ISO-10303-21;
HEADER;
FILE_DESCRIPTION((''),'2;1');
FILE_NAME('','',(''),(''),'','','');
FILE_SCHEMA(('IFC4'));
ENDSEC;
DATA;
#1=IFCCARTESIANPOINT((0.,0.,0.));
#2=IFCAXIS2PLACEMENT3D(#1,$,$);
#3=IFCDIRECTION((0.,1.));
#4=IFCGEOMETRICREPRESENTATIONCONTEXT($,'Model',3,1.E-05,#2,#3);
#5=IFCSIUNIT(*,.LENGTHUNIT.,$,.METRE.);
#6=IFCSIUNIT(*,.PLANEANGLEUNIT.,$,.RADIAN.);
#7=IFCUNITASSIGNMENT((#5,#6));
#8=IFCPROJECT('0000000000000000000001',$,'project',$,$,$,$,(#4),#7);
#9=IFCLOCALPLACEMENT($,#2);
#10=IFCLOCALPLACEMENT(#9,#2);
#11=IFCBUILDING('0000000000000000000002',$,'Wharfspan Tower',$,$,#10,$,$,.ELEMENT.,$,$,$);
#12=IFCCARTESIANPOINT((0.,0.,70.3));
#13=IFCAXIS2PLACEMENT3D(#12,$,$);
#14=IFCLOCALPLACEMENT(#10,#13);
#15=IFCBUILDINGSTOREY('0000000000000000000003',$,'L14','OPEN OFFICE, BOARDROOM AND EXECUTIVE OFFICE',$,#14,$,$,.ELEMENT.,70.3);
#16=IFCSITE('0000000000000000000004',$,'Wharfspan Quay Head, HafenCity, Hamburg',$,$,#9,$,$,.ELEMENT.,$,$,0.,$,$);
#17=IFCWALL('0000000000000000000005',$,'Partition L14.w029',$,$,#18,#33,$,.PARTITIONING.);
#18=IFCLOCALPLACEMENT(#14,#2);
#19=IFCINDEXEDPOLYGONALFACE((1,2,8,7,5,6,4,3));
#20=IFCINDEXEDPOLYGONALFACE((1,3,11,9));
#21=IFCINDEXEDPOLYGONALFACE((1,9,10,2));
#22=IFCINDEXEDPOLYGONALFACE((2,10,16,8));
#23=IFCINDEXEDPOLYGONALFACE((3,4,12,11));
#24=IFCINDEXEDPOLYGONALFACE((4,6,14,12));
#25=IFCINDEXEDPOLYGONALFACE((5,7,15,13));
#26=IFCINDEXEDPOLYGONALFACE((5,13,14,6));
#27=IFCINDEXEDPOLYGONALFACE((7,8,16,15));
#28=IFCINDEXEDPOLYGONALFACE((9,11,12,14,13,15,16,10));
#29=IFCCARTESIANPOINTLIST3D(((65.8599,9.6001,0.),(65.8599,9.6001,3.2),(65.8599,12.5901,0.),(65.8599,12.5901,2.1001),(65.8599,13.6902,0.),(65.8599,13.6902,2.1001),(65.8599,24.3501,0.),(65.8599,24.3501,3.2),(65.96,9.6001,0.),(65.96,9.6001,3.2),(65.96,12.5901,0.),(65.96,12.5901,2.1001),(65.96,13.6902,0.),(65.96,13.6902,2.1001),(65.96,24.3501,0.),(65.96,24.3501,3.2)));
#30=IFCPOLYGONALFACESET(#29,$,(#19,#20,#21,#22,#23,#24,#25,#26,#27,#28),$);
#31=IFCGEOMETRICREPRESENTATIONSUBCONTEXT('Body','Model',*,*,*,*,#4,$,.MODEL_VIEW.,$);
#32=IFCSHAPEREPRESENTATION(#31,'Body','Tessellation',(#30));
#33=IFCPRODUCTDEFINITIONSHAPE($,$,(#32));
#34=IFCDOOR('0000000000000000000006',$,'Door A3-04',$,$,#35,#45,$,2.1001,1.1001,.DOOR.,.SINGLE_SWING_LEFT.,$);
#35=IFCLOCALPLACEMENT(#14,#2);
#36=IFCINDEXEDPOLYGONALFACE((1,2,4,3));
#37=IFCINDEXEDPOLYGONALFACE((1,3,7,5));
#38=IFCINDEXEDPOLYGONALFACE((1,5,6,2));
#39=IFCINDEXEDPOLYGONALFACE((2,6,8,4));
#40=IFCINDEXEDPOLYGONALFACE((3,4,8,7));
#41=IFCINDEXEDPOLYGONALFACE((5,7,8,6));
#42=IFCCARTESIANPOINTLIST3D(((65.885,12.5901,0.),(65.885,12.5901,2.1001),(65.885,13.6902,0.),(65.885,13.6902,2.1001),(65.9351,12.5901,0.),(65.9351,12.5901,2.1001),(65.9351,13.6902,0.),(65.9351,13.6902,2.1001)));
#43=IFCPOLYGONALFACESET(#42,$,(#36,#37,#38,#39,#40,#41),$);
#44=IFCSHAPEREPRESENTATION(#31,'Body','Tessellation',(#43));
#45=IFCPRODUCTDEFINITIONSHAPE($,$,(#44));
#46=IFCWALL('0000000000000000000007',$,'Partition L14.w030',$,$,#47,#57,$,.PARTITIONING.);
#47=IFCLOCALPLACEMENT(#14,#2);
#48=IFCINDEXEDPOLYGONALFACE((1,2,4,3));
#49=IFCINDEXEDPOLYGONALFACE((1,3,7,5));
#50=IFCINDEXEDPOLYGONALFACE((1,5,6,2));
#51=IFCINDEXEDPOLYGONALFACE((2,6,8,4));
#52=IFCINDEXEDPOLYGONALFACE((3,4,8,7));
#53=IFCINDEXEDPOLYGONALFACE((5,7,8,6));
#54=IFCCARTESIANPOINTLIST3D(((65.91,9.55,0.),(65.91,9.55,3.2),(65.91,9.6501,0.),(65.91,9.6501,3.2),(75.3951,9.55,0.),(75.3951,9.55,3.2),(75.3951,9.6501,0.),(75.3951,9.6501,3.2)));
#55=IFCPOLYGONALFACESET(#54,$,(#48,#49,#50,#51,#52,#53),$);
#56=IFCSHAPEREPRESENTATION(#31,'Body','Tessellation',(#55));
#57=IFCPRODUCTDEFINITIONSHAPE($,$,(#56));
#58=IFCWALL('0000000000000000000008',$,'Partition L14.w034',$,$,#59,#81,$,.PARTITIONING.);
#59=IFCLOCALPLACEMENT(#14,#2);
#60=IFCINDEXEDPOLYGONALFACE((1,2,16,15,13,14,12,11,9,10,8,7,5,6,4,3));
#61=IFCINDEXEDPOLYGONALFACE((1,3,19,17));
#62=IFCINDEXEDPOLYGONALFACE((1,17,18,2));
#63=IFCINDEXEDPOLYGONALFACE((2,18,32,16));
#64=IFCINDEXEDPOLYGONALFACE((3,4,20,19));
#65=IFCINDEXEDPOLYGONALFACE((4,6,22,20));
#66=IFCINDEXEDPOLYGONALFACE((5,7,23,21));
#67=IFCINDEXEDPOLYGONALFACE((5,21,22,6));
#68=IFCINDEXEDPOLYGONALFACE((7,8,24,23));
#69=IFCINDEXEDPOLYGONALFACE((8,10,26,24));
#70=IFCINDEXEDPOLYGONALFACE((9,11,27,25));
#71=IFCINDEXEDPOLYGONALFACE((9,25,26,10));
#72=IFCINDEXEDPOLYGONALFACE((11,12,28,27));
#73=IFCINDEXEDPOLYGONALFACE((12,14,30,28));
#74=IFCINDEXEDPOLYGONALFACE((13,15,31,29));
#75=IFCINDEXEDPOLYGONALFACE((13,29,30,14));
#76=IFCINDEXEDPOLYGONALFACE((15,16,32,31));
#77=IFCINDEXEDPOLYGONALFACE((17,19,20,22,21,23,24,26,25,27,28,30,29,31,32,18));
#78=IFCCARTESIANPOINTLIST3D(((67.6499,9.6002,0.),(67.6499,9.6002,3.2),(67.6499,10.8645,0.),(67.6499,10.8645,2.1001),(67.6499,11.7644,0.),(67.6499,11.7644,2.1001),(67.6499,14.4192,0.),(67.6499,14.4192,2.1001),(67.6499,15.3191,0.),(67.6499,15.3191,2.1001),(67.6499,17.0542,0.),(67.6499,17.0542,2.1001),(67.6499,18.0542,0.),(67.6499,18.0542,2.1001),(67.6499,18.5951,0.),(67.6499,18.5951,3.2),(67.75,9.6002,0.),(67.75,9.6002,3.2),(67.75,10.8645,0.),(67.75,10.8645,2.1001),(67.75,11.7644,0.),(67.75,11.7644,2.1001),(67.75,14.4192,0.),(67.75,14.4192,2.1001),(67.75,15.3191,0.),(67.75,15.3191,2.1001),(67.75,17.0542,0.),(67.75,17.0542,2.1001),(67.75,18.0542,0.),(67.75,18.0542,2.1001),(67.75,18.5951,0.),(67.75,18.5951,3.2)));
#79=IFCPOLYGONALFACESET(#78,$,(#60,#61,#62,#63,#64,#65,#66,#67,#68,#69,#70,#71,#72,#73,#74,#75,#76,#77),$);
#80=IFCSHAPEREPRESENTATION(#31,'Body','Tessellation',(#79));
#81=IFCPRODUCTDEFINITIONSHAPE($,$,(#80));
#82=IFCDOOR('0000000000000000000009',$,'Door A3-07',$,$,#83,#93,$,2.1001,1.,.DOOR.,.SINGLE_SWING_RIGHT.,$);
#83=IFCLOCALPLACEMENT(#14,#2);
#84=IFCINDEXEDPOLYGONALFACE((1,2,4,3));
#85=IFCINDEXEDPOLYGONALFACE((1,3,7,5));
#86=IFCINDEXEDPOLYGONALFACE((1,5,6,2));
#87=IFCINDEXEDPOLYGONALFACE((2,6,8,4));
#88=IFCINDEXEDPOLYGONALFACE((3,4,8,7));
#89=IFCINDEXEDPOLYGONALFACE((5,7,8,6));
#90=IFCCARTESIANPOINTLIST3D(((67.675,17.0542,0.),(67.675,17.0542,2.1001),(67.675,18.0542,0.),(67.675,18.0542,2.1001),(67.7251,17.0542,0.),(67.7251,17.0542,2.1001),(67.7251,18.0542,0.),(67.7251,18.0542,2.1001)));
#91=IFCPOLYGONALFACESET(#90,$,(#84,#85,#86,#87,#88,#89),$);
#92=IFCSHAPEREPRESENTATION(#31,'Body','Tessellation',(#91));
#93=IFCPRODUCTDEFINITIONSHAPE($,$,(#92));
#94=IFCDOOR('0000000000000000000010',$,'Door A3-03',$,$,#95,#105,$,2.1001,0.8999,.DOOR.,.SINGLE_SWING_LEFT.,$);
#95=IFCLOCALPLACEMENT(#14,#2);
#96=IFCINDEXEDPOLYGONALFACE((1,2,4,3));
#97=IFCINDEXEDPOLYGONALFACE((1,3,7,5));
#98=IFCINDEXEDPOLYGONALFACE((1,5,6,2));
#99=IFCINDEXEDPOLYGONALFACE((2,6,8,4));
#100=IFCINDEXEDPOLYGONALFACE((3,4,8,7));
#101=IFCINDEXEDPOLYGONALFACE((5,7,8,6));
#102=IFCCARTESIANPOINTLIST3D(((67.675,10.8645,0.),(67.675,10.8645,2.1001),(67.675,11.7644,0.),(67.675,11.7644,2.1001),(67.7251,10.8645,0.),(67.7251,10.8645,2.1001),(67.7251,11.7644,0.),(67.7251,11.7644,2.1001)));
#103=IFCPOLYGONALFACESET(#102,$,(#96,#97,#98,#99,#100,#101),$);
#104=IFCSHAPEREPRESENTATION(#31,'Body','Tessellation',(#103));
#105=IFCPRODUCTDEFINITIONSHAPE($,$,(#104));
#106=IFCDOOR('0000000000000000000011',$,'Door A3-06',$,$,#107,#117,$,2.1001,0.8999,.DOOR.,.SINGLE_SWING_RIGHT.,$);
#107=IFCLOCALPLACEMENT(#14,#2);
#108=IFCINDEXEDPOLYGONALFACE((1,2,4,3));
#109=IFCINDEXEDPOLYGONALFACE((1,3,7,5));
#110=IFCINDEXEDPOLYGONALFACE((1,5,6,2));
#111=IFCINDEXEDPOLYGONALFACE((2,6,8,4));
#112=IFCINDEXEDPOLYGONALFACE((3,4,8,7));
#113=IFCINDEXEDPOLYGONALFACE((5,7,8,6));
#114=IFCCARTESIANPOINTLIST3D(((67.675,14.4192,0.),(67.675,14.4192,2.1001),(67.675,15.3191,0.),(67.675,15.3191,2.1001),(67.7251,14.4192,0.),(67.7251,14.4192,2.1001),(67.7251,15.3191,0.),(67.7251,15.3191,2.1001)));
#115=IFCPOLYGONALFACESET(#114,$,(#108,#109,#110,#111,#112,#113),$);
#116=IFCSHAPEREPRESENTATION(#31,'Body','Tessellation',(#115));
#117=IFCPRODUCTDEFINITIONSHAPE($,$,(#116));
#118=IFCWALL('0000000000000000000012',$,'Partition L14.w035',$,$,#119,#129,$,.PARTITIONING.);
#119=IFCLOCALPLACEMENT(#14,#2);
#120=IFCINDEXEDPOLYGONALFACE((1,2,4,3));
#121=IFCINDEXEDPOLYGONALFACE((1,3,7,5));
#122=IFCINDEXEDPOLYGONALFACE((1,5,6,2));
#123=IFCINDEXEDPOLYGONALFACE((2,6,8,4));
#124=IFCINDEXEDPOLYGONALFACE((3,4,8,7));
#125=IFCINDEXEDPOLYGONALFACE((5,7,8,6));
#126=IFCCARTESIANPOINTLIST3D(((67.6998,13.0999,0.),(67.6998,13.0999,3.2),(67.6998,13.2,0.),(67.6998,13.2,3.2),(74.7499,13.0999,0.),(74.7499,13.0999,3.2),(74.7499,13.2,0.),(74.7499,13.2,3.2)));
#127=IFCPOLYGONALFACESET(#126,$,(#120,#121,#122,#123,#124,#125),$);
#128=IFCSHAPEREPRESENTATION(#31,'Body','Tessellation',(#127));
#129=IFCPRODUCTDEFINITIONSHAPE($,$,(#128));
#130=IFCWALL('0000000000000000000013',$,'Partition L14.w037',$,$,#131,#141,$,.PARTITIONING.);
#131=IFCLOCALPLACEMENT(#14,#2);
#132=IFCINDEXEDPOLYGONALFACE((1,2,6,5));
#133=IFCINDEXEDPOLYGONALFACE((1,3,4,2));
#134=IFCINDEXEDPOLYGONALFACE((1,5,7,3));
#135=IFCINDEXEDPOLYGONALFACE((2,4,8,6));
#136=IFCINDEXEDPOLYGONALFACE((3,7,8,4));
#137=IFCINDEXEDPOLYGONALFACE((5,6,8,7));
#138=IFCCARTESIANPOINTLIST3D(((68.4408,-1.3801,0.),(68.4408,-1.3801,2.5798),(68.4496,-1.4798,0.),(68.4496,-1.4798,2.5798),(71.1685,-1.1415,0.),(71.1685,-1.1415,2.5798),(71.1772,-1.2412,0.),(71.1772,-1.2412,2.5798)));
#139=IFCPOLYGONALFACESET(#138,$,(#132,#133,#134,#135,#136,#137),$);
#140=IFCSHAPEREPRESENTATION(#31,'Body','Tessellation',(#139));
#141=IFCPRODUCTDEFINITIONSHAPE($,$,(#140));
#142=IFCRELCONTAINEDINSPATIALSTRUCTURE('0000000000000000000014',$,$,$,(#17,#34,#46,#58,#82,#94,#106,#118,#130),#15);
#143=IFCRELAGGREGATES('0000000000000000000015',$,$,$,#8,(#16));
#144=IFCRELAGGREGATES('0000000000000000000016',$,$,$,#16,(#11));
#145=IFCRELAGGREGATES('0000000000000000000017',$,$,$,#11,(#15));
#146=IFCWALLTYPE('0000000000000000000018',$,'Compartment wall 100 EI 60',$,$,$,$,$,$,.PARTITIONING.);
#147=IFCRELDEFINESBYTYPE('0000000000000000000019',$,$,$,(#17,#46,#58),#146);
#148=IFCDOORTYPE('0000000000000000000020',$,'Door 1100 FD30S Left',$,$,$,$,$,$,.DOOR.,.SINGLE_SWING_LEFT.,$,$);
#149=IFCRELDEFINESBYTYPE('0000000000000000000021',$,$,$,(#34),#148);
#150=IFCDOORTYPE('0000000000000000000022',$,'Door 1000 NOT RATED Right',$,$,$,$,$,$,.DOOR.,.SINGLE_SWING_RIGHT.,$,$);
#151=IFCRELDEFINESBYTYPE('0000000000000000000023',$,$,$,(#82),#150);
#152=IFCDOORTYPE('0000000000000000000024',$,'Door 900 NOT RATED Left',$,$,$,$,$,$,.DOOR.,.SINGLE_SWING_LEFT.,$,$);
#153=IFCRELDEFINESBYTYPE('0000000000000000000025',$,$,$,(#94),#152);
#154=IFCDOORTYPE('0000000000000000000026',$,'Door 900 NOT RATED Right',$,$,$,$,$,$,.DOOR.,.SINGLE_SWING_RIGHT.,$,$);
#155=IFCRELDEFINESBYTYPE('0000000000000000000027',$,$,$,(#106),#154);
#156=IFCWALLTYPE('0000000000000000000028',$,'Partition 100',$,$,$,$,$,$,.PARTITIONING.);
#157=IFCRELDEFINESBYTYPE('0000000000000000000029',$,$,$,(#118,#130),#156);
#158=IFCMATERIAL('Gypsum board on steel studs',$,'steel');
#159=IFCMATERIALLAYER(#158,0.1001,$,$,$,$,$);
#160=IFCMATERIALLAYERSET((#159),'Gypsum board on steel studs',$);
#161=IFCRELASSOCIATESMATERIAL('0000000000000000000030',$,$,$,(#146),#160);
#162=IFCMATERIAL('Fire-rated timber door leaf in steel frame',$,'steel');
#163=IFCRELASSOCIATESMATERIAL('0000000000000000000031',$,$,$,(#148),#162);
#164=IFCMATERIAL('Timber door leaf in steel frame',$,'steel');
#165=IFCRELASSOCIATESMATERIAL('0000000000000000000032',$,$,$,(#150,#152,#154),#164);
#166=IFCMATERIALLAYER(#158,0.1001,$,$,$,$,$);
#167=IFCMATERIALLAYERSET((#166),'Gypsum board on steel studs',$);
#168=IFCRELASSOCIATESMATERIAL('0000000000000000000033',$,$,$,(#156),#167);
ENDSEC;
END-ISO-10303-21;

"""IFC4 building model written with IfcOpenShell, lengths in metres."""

from ifc_helpers import new_model, si_unit, direction, frame, frame_2d, origin, place, context, subcontext, project, spatial, rectangle, extrude, material, layer, layer_set, type_object, element, fill, save


model = new_model("IFC4")

# Units and contexts
model_context = context("Model", 3, precision=1e-05, world=origin(), true_north=direction((0.0, 1.0)))
body_context = subcontext(model_context, "Body", "Model", "MODEL_VIEW")
ifc_project = project(units=[si_unit("LENGTHUNIT", "METRE"), si_unit("PLANEANGLEUNIT", "RADIAN")], contexts=[model_context])

# Site, building, storey
site_placement = place(None, origin())
site = spatial("IfcSite", under=ifc_project, at=site_placement, Name="Wharfspan Quay Head, HafenCity, Hamburg", CompositionType="ELEMENT", RefElevation=0.0)
building_placement = place(site_placement, origin())
building = spatial("IfcBuilding", under=site, at=building_placement, Name="Wharfspan Tower", CompositionType="ELEMENT")
storey_placement = place(building_placement, frame((0.0, 0.0, 70.3)))
storey = spatial("IfcBuildingStorey", under=building, at=storey_placement, Name="L14", Description="OPEN OFFICE, BOARDROOM AND EXECUTIVE OFFICE", CompositionType="ELEMENT", Elevation=70.3)

# Shared definitions
ifc_material_1 = material(Name="Gypsum board on steel studs", Category="steel")
ifc_layer_1 = layer(ifc_material_1, 0.1001)
ifc_layer_set_1 = layer_set([ifc_layer_1], Name="Gypsum board on steel studs")
wall_type_1 = type_object("IfcWallType", Name="Compartment wall 100 EI 60", PredefinedType="PARTITIONING", material=ifc_layer_set_1)

# Shared definitions
ifc_material_2 = material(Name="Fire-rated timber door leaf in steel frame", Category="steel")

# Wall, opening, door
wall_1_placement = place(storey_placement, frame((65.9099, 9.6001, 0.0), z_axis=(0.0, 0.0, 1.0), x_axis=(0.0, 1.0, 0.0)))
wall_1 = element("IfcWall", 1, at=wall_1_placement, inside=storey, type_object=wall_type_1, Name="Partition L14.w029", PredefinedType="PARTITIONING", context=body_context, shape_type="SweptSolid", body=[
    extrude(rectangle(XDim=14.75, YDim=0.1001, at=frame_2d((7.375, 0.0))), origin(), (0.0, 0.0, 1.0), 3.2),
])
opening_1_placement = place(wall_1_placement, frame((2.99, 0.0, 0.0)))
opening_1 = element("IfcOpeningElement", 2, at=opening_1_placement, cuts=wall_1, PredefinedType="OPENING", context=body_context, shape_type="SweptSolid", body=[
    extrude(rectangle(XDim=1.1001, YDim=2.1001, at=frame_2d((0.55, 1.05))), frame((0.0, 0.0601, 0.0), z_axis=(0.0, -1.0, 0.0), x_axis=(1.0, 0.0, 0.0)), (0.0, 0.0, 1.0), 0.1201),
])
door_type_1 = type_object("IfcDoorType", Name="Door 1100 FD30S Left", OperationType="SINGLE_SWING_LEFT", PredefinedType="DOOR", material=ifc_material_2)
door_1_placement = place(opening_1_placement, origin())
door_1 = element("IfcDoor", 3, at=door_1_placement, inside=storey, type_object=door_type_1, Name="Door A3-04", OperationType="SINGLE_SWING_LEFT", OverallHeight=2.1001, OverallWidth=1.1001, PredefinedType="DOOR", context=body_context, shape_type="SweptSolid", body=[
    extrude(rectangle(XDim=1.1001, YDim=2.1001, at=frame_2d((0.55, 1.05))), frame((0.0, 0.0249, 0.0), z_axis=(0.0, -1.0, 0.0), x_axis=(1.0, 0.0, 0.0)), (0.0, 0.0, 1.0), 0.05),
])
fill(opening_1, door_1)

# Wall
wall_2_placement = place(storey_placement, frame((65.9099, 9.6001, 0.0), z_axis=(0.0, 0.0, 1.0), x_axis=(1.0, 0.0, 0.0)))
element("IfcWall", 4, at=wall_2_placement, inside=storey, type_object=wall_type_1, Name="Partition L14.w030", PredefinedType="PARTITIONING", context=body_context, shape_type="SweptSolid", body=[
    extrude(rectangle(XDim=9.4851, YDim=0.1001, at=frame_2d((4.7427, 0.0))), origin(), (0.0, 0.0, 1.0), 3.2),
])

# Wall, openings, doors
wall_3_placement = place(storey_placement, frame((67.7, 9.6001, 0.0), z_axis=(0.0, 0.0, 1.0), x_axis=(0.0, 1.0, 0.0)))
wall_3 = element("IfcWall", 5, at=wall_3_placement, inside=storey, type_object=wall_type_1, Name="Partition L14.w034", PredefinedType="PARTITIONING", context=body_context, shape_type="SweptSolid", body=[
    extrude(rectangle(XDim=8.9949, YDim=0.1001, at=frame_2d((4.4976, 0.0))), origin(), (0.0, 0.0, 1.0), 3.2),
])
opening_2_placement = place(wall_3_placement, frame((1.2644, 0.0, 0.0)))
opening_2 = element("IfcOpeningElement", 6, at=opening_2_placement, cuts=wall_3, PredefinedType="OPENING", context=body_context, shape_type="SweptSolid", body=[
    extrude(rectangle(XDim=0.8999, YDim=2.1001, at=frame_2d((0.45, 1.05))), frame((0.0, 0.0601, 0.0), z_axis=(0.0, -1.0, 0.0), x_axis=(1.0, 0.0, 0.0)), (0.0, 0.0, 1.0), 0.1201),
])
opening_3_placement = place(wall_3_placement, frame((4.8191, 0.0, 0.0)))
opening_3 = element("IfcOpeningElement", 7, at=opening_3_placement, cuts=wall_3, PredefinedType="OPENING", context=body_context, shape_type="SweptSolid", body=[
    extrude(rectangle(XDim=0.8999, YDim=2.1001, at=frame_2d((0.45, 1.05))), frame((0.0, 0.0601, 0.0), z_axis=(0.0, -1.0, 0.0), x_axis=(1.0, 0.0, 0.0)), (0.0, 0.0, 1.0), 0.1201),
])
opening_4_placement = place(wall_3_placement, frame((7.4541, 0.0, 0.0)))
opening_4 = element("IfcOpeningElement", 8, at=opening_4_placement, cuts=wall_3, PredefinedType="OPENING", context=body_context, shape_type="SweptSolid", body=[
    extrude(rectangle(XDim=1.0, YDim=2.1001, at=frame_2d((0.5, 1.05))), frame((0.0, 0.0601, 0.0), z_axis=(0.0, -1.0, 0.0), x_axis=(1.0, 0.0, 0.0)), (0.0, 0.0, 1.0), 0.1201),
])
ifc_material_3 = material(Name="Timber door leaf in steel frame", Category="steel")
door_type_2 = type_object("IfcDoorType", Name="Door 1000 NOT RATED Right", OperationType="SINGLE_SWING_RIGHT", PredefinedType="DOOR", material=ifc_material_3)
door_2_placement = place(opening_4_placement, origin())
door_2 = element("IfcDoor", 9, at=door_2_placement, inside=storey, type_object=door_type_2, Name="Door A3-07", OperationType="SINGLE_SWING_RIGHT", OverallHeight=2.1001, OverallWidth=1.0, PredefinedType="DOOR", context=body_context, shape_type="SweptSolid", body=[
    extrude(rectangle(XDim=1.0, YDim=2.1001, at=frame_2d((0.5, 1.05))), frame((0.0, 0.0249, 0.0), z_axis=(0.0, -1.0, 0.0), x_axis=(1.0, 0.0, 0.0)), (0.0, 0.0, 1.0), 0.05),
])
fill(opening_4, door_2)
door_type_3 = type_object("IfcDoorType", Name="Door 900 NOT RATED Left", OperationType="SINGLE_SWING_LEFT", PredefinedType="DOOR", material=ifc_material_3)
door_3_placement = place(opening_2_placement, origin())
door_3 = element("IfcDoor", 10, at=door_3_placement, inside=storey, type_object=door_type_3, Name="Door A3-03", OperationType="SINGLE_SWING_LEFT", OverallHeight=2.1001, OverallWidth=0.8999, PredefinedType="DOOR", context=body_context, shape_type="SweptSolid", body=[
    extrude(rectangle(XDim=0.8999, YDim=2.1001, at=frame_2d((0.45, 1.05))), frame((0.0, 0.0249, 0.0), z_axis=(0.0, -1.0, 0.0), x_axis=(1.0, 0.0, 0.0)), (0.0, 0.0, 1.0), 0.05),
])
fill(opening_2, door_3)
door_type_4 = type_object("IfcDoorType", Name="Door 900 NOT RATED Right", OperationType="SINGLE_SWING_RIGHT", PredefinedType="DOOR", material=ifc_material_3)
door_4_placement = place(opening_3_placement, origin())
door_4 = element("IfcDoor", 11, at=door_4_placement, inside=storey, type_object=door_type_4, Name="Door A3-06", OperationType="SINGLE_SWING_RIGHT", OverallHeight=2.1001, OverallWidth=0.8999, PredefinedType="DOOR", context=body_context, shape_type="SweptSolid", body=[
    extrude(rectangle(XDim=0.8999, YDim=2.1001, at=frame_2d((0.45, 1.05))), frame((0.0, 0.0249, 0.0), z_axis=(0.0, -1.0, 0.0), x_axis=(1.0, 0.0, 0.0)), (0.0, 0.0, 1.0), 0.05),
])
fill(opening_3, door_4)

# Walls
ifc_layer_2 = layer(ifc_material_1, 0.1001)
ifc_layer_set_2 = layer_set([ifc_layer_2], Name="Gypsum board on steel studs")
wall_type_2 = type_object("IfcWallType", Name="Partition 100", PredefinedType="PARTITIONING", material=ifc_layer_set_2)
wall_4_placement = place(storey_placement, frame((67.7, 13.1499, 0.0), z_axis=(0.0, 0.0, 1.0), x_axis=(1.0, 0.0, 0.0)))
element("IfcWall", 12, at=wall_4_placement, inside=storey, type_object=wall_type_2, Name="Partition L14.w035", PredefinedType="PARTITIONING", context=body_context, shape_type="SweptSolid", body=[
    extrude(rectangle(XDim=7.05, YDim=0.1001, at=frame_2d((3.5249, 0.0))), origin(), (0.0, 0.0, 1.0), 3.2),
])
wall_5_placement = place(storey_placement, frame((68.4451, -1.4299, 0.0), z_axis=(0.0, 0.0, 1.0), x_axis=(0.996195, 0.087118, 0.0)))
element("IfcWall", 13, at=wall_5_placement, inside=storey, type_object=wall_type_2, Name="Partition L14.w037", PredefinedType="PARTITIONING", context=body_context, shape_type="SweptSolid", body=[
    extrude(rectangle(XDim=2.738, YDim=0.1001, at=frame_2d((1.3691, 0.0))), origin(), (0.0, 0.0, 1.0), 2.5798),
])

save(model, "model.ifc")
